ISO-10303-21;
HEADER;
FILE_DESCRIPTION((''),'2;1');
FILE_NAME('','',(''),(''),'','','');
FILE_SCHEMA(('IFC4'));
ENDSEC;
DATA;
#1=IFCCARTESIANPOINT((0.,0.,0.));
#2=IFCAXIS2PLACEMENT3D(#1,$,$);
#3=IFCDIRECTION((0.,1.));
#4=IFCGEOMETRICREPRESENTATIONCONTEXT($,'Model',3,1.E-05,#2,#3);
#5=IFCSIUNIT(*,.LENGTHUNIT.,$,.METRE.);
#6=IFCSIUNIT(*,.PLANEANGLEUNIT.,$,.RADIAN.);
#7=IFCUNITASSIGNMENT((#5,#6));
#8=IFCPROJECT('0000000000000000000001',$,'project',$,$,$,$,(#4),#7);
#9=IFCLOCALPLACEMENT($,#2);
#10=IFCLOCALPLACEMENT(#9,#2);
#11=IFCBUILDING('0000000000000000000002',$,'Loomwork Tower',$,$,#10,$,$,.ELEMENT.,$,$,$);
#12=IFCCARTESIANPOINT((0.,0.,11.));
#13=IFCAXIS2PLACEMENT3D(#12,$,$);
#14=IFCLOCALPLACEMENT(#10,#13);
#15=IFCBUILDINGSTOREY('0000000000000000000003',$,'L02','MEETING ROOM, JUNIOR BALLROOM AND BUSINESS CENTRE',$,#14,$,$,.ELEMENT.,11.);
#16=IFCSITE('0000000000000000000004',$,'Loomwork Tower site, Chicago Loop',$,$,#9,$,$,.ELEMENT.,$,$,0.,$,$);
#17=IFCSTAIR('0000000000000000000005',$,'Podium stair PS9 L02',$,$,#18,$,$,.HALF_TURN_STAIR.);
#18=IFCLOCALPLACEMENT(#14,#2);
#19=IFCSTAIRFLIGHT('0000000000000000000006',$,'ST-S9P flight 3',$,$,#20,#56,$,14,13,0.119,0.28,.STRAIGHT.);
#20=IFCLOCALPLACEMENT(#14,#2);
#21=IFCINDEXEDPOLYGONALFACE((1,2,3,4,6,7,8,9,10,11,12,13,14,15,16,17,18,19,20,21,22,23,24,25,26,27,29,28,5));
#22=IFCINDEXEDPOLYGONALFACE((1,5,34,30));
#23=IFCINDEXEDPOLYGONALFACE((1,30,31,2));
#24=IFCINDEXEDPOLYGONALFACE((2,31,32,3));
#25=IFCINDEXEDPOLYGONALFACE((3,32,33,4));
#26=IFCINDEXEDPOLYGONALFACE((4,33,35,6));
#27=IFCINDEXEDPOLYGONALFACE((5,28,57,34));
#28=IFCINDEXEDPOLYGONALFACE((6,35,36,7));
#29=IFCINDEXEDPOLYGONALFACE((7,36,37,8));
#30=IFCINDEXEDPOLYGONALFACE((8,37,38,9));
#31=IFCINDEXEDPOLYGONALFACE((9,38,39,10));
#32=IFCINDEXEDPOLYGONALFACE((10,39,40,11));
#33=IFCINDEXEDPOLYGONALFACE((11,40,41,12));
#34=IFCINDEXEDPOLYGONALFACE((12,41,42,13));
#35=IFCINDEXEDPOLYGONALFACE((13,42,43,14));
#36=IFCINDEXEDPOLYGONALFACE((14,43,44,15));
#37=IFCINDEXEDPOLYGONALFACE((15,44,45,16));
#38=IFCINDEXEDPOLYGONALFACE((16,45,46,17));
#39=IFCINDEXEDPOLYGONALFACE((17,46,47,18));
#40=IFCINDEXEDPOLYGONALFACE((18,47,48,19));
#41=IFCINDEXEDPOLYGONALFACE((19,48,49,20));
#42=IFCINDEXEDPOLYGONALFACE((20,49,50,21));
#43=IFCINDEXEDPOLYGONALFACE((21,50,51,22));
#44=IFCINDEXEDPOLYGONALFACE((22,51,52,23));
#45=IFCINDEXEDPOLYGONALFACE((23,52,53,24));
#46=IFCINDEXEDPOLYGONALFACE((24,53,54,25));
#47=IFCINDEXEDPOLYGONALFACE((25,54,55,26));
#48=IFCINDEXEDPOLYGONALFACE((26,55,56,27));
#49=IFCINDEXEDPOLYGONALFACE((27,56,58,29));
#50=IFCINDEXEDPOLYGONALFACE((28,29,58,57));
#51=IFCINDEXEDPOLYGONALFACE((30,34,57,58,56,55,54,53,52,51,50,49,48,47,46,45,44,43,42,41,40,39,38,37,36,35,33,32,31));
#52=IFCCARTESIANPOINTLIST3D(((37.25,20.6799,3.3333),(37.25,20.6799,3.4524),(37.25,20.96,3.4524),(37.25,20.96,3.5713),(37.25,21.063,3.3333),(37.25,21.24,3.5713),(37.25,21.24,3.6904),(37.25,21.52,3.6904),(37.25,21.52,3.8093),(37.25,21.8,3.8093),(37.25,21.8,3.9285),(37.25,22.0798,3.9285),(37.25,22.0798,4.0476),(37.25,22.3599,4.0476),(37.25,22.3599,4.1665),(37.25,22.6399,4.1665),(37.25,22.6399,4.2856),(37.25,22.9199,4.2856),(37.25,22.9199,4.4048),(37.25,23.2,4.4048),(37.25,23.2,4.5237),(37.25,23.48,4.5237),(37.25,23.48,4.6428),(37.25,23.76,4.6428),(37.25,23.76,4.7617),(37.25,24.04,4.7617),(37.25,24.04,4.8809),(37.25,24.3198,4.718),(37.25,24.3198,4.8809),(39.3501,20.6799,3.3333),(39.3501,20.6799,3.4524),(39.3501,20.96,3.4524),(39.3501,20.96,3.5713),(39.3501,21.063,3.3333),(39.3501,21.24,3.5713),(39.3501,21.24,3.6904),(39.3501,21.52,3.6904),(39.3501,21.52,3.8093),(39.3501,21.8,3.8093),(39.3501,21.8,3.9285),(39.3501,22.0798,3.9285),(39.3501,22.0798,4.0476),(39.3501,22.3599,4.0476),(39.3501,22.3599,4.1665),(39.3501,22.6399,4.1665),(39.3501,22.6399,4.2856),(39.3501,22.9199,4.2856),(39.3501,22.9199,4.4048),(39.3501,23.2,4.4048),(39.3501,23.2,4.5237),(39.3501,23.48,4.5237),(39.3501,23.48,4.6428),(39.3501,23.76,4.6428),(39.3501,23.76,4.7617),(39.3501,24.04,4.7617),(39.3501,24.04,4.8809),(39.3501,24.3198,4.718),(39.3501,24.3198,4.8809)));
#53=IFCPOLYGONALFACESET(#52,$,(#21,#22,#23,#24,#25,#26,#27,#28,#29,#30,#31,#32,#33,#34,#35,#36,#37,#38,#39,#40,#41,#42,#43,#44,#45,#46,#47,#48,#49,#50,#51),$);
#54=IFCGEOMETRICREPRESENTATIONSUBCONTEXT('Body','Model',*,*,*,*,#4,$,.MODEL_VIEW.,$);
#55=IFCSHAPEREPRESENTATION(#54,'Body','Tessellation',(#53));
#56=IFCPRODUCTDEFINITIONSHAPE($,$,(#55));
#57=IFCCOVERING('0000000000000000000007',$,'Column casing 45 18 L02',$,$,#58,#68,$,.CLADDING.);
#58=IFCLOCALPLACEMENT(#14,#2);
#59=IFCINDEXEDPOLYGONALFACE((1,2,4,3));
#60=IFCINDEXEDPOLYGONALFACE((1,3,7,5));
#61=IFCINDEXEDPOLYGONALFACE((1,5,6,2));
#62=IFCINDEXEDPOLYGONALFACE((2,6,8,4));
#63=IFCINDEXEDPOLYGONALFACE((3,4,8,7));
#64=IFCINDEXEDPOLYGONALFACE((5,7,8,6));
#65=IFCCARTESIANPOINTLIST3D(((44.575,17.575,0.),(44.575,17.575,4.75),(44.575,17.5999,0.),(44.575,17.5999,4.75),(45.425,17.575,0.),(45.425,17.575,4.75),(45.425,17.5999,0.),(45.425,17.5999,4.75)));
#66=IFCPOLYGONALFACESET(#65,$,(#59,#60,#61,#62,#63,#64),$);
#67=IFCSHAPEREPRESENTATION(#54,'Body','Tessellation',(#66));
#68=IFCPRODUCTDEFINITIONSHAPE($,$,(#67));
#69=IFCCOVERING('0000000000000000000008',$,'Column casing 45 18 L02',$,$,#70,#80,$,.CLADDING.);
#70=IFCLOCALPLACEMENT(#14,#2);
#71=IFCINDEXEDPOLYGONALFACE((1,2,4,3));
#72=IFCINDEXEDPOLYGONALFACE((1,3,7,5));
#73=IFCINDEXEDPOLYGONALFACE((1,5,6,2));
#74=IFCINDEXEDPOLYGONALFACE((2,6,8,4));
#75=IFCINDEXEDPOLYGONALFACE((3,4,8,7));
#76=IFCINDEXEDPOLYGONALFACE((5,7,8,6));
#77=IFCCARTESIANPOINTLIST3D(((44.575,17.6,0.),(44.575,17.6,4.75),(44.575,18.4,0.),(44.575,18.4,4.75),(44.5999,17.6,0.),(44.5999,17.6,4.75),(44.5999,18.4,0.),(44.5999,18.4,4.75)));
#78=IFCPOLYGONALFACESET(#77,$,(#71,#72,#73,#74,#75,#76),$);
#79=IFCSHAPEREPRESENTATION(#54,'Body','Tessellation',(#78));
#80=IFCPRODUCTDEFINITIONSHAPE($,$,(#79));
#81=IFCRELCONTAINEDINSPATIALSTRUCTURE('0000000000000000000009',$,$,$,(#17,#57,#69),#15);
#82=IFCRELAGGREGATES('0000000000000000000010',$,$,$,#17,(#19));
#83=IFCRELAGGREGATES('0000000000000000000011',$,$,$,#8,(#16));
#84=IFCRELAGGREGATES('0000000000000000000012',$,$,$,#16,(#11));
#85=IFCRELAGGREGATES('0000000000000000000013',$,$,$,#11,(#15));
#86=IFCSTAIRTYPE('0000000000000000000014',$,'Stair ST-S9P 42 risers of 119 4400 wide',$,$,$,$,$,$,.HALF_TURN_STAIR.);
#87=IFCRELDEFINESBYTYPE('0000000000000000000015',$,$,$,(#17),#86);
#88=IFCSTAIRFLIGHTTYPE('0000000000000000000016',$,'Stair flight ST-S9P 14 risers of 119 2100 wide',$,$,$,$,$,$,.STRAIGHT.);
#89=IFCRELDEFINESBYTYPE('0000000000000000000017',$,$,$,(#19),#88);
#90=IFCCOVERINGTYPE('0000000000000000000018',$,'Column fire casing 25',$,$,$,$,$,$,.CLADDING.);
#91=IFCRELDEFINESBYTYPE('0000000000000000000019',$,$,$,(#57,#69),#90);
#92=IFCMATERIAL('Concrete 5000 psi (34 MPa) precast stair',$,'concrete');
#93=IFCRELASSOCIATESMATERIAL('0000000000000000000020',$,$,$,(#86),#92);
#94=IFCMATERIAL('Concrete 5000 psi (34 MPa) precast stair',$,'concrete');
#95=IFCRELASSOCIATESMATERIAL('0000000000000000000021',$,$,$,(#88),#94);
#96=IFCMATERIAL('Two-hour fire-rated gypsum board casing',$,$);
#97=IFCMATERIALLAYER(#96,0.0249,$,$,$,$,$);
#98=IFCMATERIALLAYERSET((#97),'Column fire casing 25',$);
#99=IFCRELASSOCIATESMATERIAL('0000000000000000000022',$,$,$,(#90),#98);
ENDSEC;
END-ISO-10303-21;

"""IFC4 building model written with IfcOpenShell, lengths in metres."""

from ifc_helpers import new_model, si_unit, direction, frame, origin, origin_2d, place, context, subcontext, project, spatial, polyline, rectangle, outline, extrude, material, layer, layer_set, type_object, element, aggregate, save


model = new_model("IFC4")

# Units and contexts
model_context = context("Model", 3, precision=1e-05, world=origin(), true_north=direction((0.0, 1.0)))
body_context = subcontext(model_context, "Body", "Model", "MODEL_VIEW")
ifc_project = project(units=[si_unit("LENGTHUNIT", "METRE"), si_unit("PLANEANGLEUNIT", "RADIAN")], contexts=[model_context])

# Site, building, storey
site_placement = place(None, origin())
site = spatial("IfcSite", under=ifc_project, at=site_placement, Name="Loomwork Tower site, Chicago Loop", CompositionType="ELEMENT", RefElevation=0.0)
building_placement = place(site_placement, origin())
building = spatial("IfcBuilding", under=site, at=building_placement, Name="Loomwork Tower", CompositionType="ELEMENT")
storey_placement = place(building_placement, frame((0.0, 0.0, 11.0)))
storey = spatial("IfcBuildingStorey", under=building, at=storey_placement, Name="L02", Description="MEETING ROOM, JUNIOR BALLROOM AND BUSINESS CENTRE", CompositionType="ELEMENT", Elevation=11.0)

# Stair, stair flight
ifc_material_1 = material(Name="Concrete 5000 psi (34 MPa) precast stair", Category="concrete")
stair_type_1 = type_object("IfcStairType", Name="Stair ST-S9P 42 risers of 119 4400 wide", PredefinedType="HALF_TURN_STAIR", material=ifc_material_1)
stair_1_placement = place(storey_placement, origin())
stair_1 = element("IfcStair", 1, at=stair_1_placement, inside=storey, type_object=stair_type_1, Name="Podium stair PS9 L02", PredefinedType="HALF_TURN_STAIR")
ifc_material_2 = material(Name="Concrete 5000 psi (34 MPa) precast stair", Category="concrete")
stair_flight_type_1 = type_object("IfcStairFlightType", Name="Stair flight ST-S9P 14 risers of 119 2100 wide", PredefinedType="STRAIGHT", material=ifc_material_2)
stair_flight_1_placement = place(storey_placement, frame((38.3, 20.6799, 3.3333), z_axis=(0.0, 0.0, 1.0), x_axis=(0.0, 1.0, 0.0)))
stair_flight_1 = element("IfcStairFlight", 2, at=stair_flight_1_placement, type_object=stair_flight_type_1, Name="ST-S9P flight 3", NumberOfRisers=14, NumberOfTreads=13, PredefinedType="STRAIGHT", RiserHeight=0.119, TreadLength=0.28, context=body_context, shape_type="SweptSolid", body=[
    extrude(outline(polyline([(0.0, 0.0), (0.0, 0.1191), (0.28, 0.1191), (0.28, 0.238), (0.5601, 0.238), (0.5601, 0.3572), (0.8401, 0.3572), (0.8401, 0.4761), (1.1201, 0.4761), (1.1201, 0.5952), (1.3999, 0.5952), (1.3999, 0.7144), (1.6799, 0.7144), (1.6799, 0.8333), (1.96, 0.8333), (1.96, 0.9524), (2.24, 0.9524), (2.24, 1.0715), (2.52, 1.0715), (2.52, 1.1904), (2.8, 1.1904), (2.8, 1.3096), (3.0801, 1.3096), (3.0801, 1.4285), (3.3601, 1.4285), (3.3601, 1.5476), (3.6399, 1.5476), (3.6399, 1.6667), (3.6399, 1.3848), (0.3831, 0.0), (0.0, 0.0)])), frame((0.0, 1.05, 0.0), z_axis=(0.0, -1.0, 0.0), x_axis=(1.0, 0.0, 0.0)), (0.0, 0.0, 1.0), 2.1001),
])
aggregate(stair_1, [stair_flight_1])

# Coverings
ifc_material_3 = material(Name="Two-hour fire-rated gypsum board casing")
ifc_layer_1 = layer(ifc_material_3, 0.0249)
ifc_layer_set_1 = layer_set([ifc_layer_1], Name="Column fire casing 25")
covering_type = type_object("IfcCoveringType", Name="Column fire casing 25", PredefinedType="CLADDING", material=ifc_layer_set_1)
covering_1_placement = place(storey_placement, frame((45.0, 17.5874, 0.0), z_axis=(0.0, 0.0, 1.0), x_axis=(1.0, 0.0, 0.0)))
element("IfcCovering", 3, at=covering_1_placement, inside=storey, type_object=covering_type, Name="Column casing 45 18 L02", PredefinedType="CLADDING", context=body_context, shape_type="SweptSolid", body=[
    extrude(rectangle(XDim=0.8501, YDim=0.0249, at=origin_2d()), origin(), (0.0, 0.0, 1.0), 4.75),
])
covering_2_placement = place(storey_placement, frame((44.5874, 18.0, 0.0), z_axis=(0.0, 0.0, 1.0), x_axis=(1.0, 0.0, 0.0)))
element("IfcCovering", 4, at=covering_2_placement, inside=storey, type_object=covering_type, Name="Column casing 45 18 L02", PredefinedType="CLADDING", context=body_context, shape_type="SweptSolid", body=[
    extrude(rectangle(XDim=0.0249, YDim=0.8, at=origin_2d()), origin(), (0.0, 0.0, 1.0), 4.75),
])

save(model, "model.ifc")
